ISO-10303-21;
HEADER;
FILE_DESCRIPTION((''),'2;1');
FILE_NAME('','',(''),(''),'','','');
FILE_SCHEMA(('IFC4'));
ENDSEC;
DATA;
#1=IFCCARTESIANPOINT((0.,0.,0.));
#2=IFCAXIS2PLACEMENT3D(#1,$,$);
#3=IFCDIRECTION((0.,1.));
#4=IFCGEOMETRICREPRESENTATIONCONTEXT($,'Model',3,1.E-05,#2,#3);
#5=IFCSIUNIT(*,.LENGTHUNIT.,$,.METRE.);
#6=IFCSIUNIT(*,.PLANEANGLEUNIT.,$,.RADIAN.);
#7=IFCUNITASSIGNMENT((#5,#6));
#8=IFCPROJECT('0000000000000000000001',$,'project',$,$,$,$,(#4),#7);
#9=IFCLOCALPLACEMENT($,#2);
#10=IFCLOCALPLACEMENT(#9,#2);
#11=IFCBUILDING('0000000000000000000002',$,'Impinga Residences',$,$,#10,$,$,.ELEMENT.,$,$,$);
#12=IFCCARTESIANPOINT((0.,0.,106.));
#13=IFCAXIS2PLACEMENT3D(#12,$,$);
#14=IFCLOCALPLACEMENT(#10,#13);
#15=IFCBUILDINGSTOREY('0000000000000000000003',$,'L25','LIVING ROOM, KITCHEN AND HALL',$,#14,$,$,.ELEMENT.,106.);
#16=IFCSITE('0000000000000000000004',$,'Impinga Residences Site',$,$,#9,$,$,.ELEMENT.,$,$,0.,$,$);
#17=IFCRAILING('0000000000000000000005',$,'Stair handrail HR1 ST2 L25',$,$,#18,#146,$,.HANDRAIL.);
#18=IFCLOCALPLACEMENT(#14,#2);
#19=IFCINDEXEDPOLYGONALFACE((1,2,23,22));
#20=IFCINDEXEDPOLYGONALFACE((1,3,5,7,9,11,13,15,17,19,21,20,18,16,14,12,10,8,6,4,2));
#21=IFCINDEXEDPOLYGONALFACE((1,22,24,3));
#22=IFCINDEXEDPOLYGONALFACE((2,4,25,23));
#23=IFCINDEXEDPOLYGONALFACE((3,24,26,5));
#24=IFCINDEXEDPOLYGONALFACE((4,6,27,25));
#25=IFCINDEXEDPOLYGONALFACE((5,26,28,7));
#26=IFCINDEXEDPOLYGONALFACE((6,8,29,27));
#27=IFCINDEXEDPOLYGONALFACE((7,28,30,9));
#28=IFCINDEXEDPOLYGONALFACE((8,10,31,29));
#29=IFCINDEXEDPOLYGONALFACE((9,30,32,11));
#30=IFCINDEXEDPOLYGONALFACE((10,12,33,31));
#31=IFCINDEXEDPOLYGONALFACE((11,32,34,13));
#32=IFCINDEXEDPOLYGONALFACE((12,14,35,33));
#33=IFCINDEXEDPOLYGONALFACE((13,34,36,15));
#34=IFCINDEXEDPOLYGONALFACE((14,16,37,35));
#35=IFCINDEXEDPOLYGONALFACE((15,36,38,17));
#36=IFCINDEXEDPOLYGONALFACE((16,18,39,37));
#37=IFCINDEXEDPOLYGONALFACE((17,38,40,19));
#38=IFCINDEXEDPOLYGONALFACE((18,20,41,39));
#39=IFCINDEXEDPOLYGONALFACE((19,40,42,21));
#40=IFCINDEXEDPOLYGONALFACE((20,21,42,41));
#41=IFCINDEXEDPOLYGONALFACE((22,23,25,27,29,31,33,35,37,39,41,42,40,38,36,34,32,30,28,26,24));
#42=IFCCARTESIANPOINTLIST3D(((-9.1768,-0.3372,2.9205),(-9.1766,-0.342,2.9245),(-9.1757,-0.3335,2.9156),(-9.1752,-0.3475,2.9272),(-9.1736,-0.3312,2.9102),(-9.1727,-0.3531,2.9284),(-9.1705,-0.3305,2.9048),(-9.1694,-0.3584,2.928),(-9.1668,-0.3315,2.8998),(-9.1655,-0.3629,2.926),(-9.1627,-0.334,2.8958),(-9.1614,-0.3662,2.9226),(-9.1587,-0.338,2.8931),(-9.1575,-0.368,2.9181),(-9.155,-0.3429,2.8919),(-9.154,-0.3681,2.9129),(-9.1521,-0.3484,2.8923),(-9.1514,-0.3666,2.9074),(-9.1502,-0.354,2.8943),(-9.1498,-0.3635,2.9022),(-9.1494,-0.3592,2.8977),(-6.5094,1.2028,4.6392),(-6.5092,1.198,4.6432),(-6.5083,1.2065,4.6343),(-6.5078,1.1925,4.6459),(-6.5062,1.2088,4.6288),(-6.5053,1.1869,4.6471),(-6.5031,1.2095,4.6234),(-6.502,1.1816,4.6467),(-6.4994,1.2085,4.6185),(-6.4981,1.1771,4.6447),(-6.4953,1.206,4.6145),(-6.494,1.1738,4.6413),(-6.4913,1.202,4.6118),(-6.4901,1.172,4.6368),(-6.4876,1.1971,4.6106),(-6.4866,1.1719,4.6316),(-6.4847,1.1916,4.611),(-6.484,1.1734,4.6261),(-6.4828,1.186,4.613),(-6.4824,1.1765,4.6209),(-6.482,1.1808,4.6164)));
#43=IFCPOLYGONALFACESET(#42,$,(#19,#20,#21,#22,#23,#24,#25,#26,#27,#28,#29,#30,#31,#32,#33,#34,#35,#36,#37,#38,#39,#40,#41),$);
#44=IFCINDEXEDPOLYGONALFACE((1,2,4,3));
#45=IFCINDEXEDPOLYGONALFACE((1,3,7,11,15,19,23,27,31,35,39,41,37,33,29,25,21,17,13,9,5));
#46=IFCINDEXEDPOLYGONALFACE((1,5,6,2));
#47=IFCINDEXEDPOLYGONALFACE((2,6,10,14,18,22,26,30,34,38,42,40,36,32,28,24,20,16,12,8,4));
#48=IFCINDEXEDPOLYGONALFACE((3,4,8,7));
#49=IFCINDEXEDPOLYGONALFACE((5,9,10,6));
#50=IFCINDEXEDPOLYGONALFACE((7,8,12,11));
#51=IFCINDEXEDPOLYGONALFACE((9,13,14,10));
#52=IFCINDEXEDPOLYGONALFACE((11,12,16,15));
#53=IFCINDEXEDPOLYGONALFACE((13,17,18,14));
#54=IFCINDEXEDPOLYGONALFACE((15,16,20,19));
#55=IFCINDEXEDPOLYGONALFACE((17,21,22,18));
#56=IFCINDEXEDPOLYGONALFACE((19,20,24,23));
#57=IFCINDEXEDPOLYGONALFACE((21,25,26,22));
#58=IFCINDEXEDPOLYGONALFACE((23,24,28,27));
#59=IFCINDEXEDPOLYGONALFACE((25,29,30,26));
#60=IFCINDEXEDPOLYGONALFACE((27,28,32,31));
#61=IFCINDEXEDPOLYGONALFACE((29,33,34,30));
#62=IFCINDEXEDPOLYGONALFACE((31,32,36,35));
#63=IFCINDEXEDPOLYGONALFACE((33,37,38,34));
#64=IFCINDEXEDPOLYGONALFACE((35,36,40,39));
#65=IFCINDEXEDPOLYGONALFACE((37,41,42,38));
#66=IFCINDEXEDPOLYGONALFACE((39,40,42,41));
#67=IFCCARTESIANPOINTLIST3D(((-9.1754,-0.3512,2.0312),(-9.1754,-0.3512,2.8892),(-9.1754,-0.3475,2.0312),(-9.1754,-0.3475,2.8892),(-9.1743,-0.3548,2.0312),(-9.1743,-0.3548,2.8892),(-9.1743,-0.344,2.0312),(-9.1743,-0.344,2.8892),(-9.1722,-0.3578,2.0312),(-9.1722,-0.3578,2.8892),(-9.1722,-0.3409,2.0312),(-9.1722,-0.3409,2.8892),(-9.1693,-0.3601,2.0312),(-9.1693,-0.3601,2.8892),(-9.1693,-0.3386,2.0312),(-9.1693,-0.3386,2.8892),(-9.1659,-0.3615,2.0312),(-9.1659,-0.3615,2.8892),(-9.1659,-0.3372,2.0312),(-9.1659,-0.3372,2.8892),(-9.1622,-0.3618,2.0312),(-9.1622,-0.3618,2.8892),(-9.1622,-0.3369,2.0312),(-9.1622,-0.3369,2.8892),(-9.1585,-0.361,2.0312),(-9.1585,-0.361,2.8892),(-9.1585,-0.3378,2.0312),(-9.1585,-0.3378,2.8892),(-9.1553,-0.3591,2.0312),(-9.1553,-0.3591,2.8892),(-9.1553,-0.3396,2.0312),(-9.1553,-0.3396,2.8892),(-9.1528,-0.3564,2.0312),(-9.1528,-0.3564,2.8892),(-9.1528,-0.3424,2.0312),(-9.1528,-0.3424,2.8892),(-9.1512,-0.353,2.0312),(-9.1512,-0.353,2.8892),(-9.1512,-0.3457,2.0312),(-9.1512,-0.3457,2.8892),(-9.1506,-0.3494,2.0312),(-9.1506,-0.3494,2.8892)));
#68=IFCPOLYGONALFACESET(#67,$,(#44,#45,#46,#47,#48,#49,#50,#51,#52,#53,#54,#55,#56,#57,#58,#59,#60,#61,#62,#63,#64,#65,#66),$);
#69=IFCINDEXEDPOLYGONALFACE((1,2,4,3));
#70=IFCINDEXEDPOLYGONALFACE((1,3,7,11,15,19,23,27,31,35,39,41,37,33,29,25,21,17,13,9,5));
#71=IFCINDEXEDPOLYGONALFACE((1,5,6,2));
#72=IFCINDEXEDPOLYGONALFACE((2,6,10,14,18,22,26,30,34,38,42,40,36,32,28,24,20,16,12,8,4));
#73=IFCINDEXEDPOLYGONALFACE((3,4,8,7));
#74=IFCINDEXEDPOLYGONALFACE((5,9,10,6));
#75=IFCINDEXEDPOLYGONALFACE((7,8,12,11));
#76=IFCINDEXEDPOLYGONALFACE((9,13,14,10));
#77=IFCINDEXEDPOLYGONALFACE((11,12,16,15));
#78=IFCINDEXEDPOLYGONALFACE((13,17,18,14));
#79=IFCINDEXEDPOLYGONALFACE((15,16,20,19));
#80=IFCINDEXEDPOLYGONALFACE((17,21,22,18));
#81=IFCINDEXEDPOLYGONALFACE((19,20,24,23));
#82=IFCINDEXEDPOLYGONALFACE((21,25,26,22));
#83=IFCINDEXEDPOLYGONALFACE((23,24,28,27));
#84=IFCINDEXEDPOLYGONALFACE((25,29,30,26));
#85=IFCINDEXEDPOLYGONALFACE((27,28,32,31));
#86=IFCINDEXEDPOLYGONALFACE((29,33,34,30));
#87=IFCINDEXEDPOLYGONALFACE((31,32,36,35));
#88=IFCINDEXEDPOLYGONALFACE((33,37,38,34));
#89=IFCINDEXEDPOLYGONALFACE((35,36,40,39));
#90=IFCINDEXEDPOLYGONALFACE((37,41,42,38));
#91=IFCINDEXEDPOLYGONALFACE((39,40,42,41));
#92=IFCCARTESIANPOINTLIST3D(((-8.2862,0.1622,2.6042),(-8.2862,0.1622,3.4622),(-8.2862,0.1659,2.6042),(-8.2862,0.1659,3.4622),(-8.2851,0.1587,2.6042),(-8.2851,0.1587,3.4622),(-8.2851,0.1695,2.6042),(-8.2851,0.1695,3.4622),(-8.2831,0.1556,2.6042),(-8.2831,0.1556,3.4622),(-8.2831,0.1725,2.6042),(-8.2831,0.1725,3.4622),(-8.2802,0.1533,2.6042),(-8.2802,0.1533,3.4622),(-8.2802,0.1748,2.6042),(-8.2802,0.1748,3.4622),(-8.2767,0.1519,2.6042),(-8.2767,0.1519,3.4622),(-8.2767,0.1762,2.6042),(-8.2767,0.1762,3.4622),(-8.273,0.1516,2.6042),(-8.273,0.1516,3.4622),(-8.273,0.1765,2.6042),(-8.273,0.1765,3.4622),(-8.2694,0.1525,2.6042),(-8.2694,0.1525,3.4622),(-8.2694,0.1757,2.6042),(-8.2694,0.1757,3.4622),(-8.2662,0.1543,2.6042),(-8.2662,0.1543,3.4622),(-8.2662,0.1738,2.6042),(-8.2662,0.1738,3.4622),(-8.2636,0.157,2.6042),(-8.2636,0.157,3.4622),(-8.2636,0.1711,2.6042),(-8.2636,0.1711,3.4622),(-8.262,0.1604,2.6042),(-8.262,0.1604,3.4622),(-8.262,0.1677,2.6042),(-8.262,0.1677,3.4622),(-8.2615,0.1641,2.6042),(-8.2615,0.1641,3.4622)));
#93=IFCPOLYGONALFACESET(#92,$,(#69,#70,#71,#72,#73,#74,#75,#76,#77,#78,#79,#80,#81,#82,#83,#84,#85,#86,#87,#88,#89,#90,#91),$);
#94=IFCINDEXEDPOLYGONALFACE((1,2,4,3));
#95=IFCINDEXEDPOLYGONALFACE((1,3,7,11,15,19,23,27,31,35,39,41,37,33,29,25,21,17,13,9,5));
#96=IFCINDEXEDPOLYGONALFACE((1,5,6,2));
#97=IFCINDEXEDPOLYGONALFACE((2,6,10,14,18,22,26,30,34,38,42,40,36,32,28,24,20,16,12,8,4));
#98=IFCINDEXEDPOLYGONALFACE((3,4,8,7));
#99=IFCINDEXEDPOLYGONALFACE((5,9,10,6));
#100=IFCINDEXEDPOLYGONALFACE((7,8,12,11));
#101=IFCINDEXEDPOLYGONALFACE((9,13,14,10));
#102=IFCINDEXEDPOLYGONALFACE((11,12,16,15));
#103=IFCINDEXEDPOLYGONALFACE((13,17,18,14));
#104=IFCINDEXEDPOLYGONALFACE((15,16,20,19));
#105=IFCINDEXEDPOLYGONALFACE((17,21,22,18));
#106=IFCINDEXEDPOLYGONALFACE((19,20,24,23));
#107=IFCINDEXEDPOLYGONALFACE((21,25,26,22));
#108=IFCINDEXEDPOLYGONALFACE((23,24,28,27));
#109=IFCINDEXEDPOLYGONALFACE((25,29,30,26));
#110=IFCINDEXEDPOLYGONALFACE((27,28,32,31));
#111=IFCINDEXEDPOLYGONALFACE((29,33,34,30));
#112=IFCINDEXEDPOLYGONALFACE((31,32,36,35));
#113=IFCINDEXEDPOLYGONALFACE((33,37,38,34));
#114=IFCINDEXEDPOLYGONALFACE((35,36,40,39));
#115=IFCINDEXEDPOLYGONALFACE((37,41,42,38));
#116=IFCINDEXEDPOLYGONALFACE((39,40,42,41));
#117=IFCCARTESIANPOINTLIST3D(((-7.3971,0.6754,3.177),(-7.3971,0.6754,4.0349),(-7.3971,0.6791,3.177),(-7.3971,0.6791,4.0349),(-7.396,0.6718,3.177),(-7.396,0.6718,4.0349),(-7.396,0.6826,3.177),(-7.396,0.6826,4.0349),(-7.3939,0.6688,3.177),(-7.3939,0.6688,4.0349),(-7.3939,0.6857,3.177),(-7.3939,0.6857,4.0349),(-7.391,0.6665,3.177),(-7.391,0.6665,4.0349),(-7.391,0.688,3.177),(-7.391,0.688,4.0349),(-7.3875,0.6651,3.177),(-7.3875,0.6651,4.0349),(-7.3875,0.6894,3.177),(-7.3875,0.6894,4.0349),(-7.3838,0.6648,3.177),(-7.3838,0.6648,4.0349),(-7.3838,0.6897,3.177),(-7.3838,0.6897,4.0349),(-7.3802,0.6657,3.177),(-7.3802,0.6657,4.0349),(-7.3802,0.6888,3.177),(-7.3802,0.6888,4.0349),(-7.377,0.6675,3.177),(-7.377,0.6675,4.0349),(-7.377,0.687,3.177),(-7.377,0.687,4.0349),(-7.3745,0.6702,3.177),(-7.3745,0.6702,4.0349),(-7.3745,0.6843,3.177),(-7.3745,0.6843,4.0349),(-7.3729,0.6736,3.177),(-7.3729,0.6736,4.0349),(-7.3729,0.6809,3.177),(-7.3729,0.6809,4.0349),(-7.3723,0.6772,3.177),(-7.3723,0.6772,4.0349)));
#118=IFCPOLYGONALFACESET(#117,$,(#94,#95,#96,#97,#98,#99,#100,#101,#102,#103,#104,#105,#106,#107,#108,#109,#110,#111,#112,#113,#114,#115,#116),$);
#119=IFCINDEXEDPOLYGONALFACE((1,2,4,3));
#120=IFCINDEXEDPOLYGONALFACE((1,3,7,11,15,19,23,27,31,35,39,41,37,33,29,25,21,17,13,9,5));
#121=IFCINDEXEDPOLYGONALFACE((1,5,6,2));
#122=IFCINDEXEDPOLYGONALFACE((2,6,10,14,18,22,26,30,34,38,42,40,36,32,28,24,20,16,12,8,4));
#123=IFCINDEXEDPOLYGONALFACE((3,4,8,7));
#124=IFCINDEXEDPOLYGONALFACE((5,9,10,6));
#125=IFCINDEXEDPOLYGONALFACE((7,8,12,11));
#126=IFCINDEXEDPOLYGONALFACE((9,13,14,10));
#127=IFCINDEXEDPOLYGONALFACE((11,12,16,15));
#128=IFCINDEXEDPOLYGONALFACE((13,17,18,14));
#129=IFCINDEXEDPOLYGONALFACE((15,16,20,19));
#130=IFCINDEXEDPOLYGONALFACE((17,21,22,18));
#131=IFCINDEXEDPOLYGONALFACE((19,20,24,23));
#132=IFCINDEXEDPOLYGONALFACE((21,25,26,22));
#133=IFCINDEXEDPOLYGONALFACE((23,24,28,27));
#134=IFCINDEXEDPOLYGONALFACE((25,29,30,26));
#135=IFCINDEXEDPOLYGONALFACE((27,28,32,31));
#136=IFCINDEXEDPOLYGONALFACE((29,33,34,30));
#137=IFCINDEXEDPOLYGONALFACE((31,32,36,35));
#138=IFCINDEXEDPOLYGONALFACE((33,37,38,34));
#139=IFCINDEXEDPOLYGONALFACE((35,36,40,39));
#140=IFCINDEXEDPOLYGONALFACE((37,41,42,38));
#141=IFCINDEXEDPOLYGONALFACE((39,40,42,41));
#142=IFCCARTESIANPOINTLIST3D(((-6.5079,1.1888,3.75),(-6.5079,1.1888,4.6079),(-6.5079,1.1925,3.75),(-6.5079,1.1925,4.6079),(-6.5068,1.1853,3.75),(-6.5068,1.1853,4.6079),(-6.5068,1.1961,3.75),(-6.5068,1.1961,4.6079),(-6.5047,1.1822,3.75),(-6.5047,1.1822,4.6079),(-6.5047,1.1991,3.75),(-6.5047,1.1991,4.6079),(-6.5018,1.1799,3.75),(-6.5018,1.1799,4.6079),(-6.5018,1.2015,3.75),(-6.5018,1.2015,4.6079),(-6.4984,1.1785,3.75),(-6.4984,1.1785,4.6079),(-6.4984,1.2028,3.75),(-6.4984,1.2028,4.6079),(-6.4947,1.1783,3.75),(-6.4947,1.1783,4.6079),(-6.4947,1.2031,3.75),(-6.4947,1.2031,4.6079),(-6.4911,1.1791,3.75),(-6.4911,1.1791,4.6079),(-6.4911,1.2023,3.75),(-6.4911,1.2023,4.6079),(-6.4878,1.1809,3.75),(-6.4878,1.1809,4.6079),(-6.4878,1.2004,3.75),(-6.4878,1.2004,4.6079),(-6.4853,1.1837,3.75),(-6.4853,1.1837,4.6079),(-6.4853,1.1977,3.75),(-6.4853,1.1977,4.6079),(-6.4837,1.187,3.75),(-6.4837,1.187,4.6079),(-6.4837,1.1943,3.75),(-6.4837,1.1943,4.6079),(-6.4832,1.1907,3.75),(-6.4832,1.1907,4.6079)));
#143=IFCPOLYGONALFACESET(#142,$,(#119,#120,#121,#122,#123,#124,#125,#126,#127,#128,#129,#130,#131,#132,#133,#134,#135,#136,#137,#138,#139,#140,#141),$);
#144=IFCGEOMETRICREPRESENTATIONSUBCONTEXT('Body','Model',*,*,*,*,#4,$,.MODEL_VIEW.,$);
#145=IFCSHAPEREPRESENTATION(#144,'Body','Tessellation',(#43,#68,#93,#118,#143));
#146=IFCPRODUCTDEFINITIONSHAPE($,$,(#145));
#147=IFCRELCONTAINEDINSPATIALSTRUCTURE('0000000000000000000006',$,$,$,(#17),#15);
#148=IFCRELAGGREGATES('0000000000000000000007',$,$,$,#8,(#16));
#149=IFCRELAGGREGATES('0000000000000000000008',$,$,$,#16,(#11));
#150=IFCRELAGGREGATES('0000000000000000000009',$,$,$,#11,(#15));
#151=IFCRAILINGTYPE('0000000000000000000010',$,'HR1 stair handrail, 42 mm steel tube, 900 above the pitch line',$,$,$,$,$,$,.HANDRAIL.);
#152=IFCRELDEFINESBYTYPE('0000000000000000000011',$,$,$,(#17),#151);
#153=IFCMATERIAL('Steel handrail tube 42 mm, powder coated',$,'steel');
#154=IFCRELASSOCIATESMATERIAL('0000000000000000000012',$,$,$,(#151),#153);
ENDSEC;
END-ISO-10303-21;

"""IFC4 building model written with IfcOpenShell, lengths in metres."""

from ifc_helpers import new_model, si_unit, direction, frame, origin, origin_2d, place, context, subcontext, project, spatial, circle, extrude, material, type_object, element, save


model = new_model("IFC4")

# Units and contexts
model_context = context("Model", 3, precision=1e-05, world=origin(), true_north=direction((0.0, 1.0)))
body_context = subcontext(model_context, "Body", "Model", "MODEL_VIEW")
ifc_project = project(units=[si_unit("LENGTHUNIT", "METRE"), si_unit("PLANEANGLEUNIT", "RADIAN")], contexts=[model_context])

# Site, building, storey
site_placement = place(None, origin())
site = spatial("IfcSite", under=ifc_project, at=site_placement, Name="Impinga Residences Site", CompositionType="ELEMENT", RefElevation=0.0)
building_placement = place(site_placement, origin())
building = spatial("IfcBuilding", under=site, at=building_placement, Name="Impinga Residences", CompositionType="ELEMENT")
storey_placement = place(building_placement, frame((0.0, 0.0, 106.0)))
storey = spatial("IfcBuildingStorey", under=building, at=storey_placement, Name="L25", Description="LIVING ROOM, KITCHEN AND HALL", CompositionType="ELEMENT", Elevation=106.0)

# Railing
ifc_material_1 = material(Name="Steel handrail tube 42 mm, powder coated", Category="steel")
railing_type = type_object("IfcRailingType", Name="HR1 stair handrail, 42 mm steel tube, 900 above the pitch line", PredefinedType="HANDRAIL", material=ifc_material_1)
railing_placement = place(storey_placement, frame((-9.1631, -0.3494, 2.0312)))
element("IfcRailing", 1, at=railing_placement, inside=storey, type_object=railing_type, Name="Stair handrail HR1 ST2 L25", PredefinedType="HANDRAIL", context=body_context, shape_type="SweptSolid", body=[
    extrude(circle(Radius=0.021, at=origin_2d()), frame((0.0, 0.0, 0.8789), z_axis=(0.756256, 0.436616, 0.487282), x_axis=(-0.499992, 0.86603, 0.0)), (0.0, 0.0, 1.0), 3.5271),
    extrude(circle(Radius=0.0125, at=origin_2d()), origin(), (0.0, 0.0, 1.0), 0.8579),
    extrude(circle(Radius=0.0125, at=origin_2d()), frame((0.8892, 0.5134, 0.573)), (0.0, 0.0, 1.0), 0.8579),
    extrude(circle(Radius=0.0125, at=origin_2d()), frame((1.7783, 1.0266, 1.1458)), (0.0, 0.0, 1.0), 0.8579),
    extrude(circle(Radius=0.0125, at=origin_2d()), frame((2.6675, 1.54, 1.7188)), (0.0, 0.0, 1.0), 0.8579),
])

save(model, "model.ifc")
